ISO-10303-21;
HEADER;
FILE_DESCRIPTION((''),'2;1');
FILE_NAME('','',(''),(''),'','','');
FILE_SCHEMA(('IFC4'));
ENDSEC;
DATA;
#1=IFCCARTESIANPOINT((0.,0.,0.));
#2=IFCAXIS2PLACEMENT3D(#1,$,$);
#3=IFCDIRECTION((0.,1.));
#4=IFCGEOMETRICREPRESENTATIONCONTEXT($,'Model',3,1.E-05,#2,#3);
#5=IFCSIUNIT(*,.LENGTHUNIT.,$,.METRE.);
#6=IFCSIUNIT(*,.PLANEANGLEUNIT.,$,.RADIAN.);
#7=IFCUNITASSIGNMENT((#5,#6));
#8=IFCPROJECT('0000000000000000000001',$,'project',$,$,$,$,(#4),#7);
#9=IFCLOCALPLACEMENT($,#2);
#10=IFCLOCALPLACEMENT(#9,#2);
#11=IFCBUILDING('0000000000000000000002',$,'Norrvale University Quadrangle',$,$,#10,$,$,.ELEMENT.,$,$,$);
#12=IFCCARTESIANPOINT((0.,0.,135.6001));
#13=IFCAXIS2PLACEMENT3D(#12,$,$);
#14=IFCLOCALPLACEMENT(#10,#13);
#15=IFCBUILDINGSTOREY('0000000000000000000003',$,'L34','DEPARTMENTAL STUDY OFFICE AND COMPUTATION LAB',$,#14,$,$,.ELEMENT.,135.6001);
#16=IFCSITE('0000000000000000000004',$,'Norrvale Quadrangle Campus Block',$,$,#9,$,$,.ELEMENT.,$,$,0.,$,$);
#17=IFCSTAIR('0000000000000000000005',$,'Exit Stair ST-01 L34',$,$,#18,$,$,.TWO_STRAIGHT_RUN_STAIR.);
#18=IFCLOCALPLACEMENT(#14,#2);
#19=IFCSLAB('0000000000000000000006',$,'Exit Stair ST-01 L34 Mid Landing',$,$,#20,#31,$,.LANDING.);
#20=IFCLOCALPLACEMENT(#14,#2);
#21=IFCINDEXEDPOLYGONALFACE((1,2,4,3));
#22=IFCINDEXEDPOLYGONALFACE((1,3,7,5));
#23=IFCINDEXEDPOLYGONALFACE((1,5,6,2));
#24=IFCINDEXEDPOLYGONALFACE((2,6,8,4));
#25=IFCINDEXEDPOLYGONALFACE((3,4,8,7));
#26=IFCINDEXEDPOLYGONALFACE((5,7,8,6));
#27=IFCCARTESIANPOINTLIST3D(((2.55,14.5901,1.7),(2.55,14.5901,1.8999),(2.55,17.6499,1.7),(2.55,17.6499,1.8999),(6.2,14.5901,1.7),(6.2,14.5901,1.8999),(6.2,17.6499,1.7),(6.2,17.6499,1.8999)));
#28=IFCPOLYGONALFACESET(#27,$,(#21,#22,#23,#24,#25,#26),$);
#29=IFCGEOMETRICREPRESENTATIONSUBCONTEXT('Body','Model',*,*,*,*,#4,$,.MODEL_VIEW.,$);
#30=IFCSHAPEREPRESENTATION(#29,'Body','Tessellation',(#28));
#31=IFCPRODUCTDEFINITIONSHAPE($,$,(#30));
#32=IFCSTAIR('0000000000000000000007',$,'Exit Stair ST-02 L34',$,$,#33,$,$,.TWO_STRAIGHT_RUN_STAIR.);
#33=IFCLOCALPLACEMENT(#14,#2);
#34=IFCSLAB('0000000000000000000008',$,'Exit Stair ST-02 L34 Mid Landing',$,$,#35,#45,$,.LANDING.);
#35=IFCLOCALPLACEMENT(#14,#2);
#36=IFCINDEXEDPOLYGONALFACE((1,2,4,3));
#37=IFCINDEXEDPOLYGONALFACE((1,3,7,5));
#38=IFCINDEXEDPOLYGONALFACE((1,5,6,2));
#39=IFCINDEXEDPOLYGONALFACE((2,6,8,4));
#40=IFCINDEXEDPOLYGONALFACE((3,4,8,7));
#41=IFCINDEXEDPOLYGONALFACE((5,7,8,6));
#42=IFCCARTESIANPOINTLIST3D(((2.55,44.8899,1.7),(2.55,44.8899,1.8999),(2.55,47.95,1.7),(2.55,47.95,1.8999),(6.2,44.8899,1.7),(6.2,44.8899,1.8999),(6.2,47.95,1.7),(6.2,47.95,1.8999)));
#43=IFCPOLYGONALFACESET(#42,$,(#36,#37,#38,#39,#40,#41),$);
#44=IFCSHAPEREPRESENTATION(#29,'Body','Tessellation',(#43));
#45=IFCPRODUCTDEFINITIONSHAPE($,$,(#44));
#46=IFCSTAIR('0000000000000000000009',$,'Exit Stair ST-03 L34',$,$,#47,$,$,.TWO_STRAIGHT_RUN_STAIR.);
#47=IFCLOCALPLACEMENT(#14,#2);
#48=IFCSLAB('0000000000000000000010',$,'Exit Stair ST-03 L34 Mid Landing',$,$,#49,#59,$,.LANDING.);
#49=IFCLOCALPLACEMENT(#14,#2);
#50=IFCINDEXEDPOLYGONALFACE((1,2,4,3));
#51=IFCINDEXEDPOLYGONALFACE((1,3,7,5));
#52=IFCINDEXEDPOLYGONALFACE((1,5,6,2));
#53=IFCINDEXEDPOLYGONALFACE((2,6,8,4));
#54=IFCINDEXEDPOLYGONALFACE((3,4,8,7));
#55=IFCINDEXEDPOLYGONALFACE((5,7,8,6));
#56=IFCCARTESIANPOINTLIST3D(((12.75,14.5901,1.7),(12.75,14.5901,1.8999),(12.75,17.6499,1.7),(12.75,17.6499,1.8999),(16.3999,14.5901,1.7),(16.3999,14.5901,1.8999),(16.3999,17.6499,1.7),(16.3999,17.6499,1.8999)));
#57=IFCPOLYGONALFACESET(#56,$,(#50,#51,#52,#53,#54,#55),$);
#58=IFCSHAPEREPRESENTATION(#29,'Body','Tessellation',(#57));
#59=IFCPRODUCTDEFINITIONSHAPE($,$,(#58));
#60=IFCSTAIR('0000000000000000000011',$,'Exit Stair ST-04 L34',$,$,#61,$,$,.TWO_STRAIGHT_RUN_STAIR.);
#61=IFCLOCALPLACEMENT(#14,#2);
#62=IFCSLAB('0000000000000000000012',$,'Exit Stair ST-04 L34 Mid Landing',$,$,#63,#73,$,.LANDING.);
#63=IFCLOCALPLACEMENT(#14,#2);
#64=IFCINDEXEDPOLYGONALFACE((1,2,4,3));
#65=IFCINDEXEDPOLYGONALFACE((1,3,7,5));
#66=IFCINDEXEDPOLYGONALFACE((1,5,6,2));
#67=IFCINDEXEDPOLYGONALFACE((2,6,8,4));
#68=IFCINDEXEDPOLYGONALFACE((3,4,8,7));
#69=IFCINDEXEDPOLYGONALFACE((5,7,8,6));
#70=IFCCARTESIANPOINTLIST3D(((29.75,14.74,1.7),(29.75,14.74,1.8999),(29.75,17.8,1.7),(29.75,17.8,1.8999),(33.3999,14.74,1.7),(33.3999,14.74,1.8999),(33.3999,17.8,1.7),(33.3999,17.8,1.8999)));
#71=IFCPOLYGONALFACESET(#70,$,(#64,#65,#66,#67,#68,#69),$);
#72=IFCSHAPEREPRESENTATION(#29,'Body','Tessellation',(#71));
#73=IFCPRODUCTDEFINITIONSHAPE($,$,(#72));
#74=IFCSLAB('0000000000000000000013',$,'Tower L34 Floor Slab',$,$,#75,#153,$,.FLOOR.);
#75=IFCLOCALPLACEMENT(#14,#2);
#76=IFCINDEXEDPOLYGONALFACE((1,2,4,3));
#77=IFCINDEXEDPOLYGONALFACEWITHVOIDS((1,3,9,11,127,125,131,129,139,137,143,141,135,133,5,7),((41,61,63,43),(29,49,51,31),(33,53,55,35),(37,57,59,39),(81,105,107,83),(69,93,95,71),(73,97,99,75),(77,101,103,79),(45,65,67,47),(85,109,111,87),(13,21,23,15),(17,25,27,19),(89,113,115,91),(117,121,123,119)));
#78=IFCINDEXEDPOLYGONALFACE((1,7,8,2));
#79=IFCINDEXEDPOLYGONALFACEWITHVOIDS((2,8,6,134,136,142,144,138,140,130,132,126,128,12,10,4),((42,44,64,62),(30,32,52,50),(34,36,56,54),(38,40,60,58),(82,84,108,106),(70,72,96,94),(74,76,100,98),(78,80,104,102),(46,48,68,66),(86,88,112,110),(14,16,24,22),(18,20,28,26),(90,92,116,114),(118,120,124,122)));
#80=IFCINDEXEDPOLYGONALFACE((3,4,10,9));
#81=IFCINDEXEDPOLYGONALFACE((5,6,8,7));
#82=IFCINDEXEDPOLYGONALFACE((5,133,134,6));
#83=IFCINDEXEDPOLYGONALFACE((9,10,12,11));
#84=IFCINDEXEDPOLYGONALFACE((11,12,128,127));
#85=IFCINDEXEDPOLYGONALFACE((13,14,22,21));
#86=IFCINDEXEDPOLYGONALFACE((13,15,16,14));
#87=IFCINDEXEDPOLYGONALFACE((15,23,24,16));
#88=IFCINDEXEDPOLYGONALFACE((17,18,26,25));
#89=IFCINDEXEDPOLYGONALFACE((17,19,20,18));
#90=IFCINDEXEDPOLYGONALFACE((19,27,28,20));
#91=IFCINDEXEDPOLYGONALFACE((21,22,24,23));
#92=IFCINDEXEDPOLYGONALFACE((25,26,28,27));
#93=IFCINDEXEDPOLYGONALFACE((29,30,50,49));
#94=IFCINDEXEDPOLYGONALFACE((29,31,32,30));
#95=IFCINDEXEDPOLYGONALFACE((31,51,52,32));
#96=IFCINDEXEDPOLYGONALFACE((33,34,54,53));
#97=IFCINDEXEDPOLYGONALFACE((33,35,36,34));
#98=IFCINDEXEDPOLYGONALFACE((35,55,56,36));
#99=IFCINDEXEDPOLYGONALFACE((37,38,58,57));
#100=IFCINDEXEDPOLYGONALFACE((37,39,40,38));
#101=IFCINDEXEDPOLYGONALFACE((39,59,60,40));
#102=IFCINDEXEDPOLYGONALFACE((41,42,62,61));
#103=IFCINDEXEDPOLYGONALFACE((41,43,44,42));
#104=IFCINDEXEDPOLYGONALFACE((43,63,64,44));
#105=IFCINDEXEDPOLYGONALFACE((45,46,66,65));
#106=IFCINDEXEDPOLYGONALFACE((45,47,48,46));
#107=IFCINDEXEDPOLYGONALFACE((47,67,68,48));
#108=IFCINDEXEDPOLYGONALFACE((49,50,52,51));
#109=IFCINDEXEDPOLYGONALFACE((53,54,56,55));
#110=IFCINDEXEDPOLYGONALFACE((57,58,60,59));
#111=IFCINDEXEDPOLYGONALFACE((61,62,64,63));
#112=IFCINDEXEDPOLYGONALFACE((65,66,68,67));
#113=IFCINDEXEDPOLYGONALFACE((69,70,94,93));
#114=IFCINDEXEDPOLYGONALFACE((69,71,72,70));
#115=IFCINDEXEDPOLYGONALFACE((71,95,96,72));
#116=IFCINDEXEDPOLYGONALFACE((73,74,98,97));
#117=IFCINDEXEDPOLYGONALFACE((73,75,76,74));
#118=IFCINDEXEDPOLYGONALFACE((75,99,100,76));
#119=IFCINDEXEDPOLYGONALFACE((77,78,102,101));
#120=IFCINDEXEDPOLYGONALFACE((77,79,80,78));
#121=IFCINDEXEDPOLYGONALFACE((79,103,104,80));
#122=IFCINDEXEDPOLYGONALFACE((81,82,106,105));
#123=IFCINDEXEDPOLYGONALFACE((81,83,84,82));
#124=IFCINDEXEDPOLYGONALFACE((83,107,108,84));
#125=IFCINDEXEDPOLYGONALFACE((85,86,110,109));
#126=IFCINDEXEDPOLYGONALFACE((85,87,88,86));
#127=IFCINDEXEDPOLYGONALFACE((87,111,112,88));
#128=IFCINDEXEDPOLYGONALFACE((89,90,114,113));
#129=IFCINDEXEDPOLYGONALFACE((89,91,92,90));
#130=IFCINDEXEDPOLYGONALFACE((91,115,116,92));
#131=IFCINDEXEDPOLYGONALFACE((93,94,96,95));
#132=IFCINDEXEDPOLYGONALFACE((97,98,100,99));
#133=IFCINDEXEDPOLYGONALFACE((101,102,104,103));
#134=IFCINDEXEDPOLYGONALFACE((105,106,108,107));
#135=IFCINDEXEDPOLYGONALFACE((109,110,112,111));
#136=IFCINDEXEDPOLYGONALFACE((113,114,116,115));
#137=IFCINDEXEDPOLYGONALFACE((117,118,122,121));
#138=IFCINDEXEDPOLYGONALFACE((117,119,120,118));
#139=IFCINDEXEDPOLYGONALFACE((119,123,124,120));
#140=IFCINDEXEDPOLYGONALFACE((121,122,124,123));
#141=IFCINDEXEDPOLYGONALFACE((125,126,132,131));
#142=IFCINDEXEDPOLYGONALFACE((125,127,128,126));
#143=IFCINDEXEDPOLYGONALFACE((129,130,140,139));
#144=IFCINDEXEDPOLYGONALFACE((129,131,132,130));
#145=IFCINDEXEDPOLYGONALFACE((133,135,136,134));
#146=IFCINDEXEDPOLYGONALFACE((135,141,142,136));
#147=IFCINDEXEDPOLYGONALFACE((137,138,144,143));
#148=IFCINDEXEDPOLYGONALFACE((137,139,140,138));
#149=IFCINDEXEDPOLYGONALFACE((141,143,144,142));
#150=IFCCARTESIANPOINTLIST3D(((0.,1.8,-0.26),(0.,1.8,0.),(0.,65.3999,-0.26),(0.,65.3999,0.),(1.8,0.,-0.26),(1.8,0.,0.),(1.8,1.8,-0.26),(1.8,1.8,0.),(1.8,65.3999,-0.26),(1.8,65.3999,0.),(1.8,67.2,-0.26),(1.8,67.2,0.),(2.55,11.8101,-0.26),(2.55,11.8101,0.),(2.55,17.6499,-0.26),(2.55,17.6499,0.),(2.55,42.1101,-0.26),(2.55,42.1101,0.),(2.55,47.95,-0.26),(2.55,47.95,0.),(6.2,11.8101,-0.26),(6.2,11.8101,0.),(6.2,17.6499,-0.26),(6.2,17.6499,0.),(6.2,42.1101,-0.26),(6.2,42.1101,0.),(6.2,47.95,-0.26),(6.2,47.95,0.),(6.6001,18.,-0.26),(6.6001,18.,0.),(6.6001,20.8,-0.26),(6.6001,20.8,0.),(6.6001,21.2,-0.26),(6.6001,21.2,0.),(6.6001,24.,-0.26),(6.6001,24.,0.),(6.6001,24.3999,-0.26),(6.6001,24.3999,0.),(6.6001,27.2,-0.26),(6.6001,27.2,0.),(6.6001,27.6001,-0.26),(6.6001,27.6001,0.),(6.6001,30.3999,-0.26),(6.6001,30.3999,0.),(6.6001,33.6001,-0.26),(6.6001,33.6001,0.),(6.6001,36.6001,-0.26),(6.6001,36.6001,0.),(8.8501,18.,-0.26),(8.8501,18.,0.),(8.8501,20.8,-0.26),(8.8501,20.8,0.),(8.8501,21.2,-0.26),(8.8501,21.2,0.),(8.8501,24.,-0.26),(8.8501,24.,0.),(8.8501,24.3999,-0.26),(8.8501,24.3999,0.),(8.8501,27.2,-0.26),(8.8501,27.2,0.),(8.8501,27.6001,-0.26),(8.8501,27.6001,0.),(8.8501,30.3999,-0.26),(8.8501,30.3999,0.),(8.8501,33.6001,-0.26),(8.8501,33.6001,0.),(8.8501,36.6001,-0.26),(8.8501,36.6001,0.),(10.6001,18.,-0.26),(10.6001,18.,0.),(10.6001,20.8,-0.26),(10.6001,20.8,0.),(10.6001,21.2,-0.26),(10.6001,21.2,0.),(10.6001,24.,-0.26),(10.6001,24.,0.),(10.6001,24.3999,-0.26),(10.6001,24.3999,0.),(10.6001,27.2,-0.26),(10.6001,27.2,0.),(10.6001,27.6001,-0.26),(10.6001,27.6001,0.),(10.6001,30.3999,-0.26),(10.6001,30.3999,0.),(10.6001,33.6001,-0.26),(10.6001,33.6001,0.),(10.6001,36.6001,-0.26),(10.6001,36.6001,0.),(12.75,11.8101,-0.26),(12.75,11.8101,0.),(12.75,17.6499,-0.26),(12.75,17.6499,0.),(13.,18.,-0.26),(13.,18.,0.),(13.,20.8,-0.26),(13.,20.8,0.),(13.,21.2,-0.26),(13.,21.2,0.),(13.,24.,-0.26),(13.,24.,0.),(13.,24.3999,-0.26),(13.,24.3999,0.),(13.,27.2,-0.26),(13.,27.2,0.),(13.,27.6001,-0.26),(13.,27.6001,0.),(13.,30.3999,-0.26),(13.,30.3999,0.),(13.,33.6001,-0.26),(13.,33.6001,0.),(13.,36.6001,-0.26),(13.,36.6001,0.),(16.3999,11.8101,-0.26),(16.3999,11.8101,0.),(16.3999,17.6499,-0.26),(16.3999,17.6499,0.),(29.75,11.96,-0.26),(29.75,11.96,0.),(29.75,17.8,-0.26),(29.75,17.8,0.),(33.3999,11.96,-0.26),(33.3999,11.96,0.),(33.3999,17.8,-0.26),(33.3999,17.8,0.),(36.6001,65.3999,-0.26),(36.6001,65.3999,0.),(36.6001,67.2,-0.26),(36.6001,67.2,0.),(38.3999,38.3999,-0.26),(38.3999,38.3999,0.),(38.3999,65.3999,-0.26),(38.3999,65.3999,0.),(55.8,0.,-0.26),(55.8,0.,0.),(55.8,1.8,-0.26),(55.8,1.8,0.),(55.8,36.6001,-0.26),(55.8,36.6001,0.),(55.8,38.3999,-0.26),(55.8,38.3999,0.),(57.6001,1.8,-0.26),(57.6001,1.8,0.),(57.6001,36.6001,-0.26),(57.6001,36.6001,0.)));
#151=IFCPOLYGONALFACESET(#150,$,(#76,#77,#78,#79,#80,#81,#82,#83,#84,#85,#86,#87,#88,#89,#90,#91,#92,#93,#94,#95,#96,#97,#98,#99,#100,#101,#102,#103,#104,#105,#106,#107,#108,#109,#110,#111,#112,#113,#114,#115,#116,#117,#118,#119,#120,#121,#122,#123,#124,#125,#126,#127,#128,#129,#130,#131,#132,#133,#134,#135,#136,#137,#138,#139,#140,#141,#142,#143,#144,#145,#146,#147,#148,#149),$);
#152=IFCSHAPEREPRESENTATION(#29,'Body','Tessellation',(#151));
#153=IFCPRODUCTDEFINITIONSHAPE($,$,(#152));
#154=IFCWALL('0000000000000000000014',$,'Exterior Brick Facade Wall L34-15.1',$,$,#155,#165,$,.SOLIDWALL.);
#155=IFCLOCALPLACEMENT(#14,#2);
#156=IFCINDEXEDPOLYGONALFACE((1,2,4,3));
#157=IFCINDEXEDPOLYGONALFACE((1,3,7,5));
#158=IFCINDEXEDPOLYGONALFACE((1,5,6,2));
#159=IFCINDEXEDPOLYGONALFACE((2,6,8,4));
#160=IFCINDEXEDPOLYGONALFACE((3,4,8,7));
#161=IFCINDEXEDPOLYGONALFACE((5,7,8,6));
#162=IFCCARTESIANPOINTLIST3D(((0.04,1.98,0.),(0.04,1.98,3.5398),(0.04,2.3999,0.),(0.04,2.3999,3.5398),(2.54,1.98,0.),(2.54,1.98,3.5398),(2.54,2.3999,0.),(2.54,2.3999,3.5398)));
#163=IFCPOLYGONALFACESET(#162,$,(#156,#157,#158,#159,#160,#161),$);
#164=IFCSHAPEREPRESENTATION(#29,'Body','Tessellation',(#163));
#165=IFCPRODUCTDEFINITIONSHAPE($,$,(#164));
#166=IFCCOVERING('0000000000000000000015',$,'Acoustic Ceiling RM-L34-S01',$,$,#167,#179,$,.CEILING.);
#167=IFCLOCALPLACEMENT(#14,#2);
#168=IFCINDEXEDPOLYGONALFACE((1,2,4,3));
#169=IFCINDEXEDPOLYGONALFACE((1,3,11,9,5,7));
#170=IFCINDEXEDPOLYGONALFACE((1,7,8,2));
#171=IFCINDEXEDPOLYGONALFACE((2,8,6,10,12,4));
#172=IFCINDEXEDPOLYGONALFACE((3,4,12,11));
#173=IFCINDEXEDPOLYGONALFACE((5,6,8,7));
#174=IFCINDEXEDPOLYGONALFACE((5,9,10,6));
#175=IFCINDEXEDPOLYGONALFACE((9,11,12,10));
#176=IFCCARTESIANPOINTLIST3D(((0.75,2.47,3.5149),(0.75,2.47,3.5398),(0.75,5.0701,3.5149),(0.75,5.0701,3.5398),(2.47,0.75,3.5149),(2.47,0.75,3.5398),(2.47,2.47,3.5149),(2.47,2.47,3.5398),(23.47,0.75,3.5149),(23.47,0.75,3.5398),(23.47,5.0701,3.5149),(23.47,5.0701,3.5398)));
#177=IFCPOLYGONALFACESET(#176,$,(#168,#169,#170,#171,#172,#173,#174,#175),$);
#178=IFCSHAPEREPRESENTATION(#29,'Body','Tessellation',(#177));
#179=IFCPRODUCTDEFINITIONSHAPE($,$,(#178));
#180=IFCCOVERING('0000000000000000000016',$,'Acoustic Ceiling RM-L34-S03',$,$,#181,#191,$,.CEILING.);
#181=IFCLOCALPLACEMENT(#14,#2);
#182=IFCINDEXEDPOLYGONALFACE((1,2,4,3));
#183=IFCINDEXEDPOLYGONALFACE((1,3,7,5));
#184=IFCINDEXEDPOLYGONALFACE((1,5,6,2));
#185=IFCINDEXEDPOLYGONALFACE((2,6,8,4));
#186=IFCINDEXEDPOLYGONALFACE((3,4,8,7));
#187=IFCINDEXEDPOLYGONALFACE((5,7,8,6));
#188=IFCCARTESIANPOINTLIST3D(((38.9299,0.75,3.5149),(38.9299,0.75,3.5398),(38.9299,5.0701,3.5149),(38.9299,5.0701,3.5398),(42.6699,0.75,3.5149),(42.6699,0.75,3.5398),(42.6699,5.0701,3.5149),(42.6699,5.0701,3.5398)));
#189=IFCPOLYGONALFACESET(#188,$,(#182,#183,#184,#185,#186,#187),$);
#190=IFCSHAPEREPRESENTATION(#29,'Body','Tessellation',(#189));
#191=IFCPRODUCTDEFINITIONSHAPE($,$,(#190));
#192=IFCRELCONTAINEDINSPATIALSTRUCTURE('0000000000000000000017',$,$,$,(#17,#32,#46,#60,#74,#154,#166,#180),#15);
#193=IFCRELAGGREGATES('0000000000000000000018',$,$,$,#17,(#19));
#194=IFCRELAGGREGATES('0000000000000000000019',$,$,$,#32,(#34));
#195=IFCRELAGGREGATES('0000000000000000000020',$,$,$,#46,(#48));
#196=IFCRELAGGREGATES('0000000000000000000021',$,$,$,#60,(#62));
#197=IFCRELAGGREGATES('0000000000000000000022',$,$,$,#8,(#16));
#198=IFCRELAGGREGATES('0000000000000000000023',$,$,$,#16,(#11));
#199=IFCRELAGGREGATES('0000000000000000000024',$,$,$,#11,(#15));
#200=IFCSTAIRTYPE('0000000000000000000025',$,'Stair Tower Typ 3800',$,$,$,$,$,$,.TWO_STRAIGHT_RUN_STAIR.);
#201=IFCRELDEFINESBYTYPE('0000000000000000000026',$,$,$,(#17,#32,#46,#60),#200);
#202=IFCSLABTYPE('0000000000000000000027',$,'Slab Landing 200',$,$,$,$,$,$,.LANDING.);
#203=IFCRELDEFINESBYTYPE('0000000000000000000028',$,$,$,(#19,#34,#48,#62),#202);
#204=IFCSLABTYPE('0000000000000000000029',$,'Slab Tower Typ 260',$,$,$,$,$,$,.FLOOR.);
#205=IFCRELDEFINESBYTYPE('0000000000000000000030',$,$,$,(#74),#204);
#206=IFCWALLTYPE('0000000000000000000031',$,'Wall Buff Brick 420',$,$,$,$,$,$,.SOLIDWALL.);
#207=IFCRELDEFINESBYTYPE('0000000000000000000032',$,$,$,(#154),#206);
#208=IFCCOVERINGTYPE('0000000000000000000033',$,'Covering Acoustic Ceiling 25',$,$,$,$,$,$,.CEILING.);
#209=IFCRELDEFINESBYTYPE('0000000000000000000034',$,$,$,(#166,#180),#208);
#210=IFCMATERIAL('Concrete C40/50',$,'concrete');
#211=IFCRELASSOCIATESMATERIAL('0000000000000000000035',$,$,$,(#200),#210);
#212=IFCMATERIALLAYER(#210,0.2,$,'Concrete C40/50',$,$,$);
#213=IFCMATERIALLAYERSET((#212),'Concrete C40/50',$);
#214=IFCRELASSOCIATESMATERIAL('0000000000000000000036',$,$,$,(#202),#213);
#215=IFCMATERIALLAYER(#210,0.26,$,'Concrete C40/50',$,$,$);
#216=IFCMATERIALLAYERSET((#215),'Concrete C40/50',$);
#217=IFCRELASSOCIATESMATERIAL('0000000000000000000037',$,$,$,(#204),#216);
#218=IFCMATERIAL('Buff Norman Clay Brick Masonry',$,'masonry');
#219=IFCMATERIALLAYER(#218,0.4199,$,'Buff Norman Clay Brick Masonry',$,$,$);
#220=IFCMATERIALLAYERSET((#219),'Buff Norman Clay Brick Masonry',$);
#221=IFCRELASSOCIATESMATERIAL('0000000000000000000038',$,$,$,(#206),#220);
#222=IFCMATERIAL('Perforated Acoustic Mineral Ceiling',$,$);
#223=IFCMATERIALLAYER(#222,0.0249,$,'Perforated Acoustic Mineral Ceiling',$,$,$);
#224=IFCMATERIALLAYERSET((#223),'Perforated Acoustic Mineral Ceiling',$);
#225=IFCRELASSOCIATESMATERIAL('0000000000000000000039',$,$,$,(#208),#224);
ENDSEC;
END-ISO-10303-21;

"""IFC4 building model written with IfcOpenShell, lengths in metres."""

from ifc_helpers import new_model, si_unit, direction, frame, frame_2d, origin, place, context, subcontext, project, spatial, polyline, rectangle, outline, extrude, material, layer, layer_set, type_object, element, aggregate, save


model = new_model("IFC4")

# Units and contexts
model_context = context("Model", 3, precision=1e-05, world=origin(), true_north=direction((0.0, 1.0)))
body_context = subcontext(model_context, "Body", "Model", "MODEL_VIEW")
ifc_project = project(units=[si_unit("LENGTHUNIT", "METRE"), si_unit("PLANEANGLEUNIT", "RADIAN")], contexts=[model_context])

# Site, building, storey
site_placement = place(None, origin())
site = spatial("IfcSite", under=ifc_project, at=site_placement, Name="Norrvale Quadrangle Campus Block", CompositionType="ELEMENT", RefElevation=0.0)
building_placement = place(site_placement, origin())
building = spatial("IfcBuilding", under=site, at=building_placement, Name="Norrvale University Quadrangle", CompositionType="ELEMENT")
storey_placement = place(building_placement, frame((0.0, 0.0, 135.6001)))
storey = spatial("IfcBuildingStorey", under=building, at=storey_placement, Name="L34", Description="DEPARTMENTAL STUDY OFFICE AND COMPUTATION LAB", CompositionType="ELEMENT", Elevation=135.6001)

# Stairs, slabs
ifc_material_1 = material(Name="Concrete C40/50", Category="concrete")
stair_type = type_object("IfcStairType", Name="Stair Tower Typ 3800", PredefinedType="TWO_STRAIGHT_RUN_STAIR", material=ifc_material_1)
stair_1_placement = place(storey_placement, origin())
stair_1 = element("IfcStair", 1, at=stair_1_placement, inside=storey, type_object=stair_type, Name="Exit Stair ST-01 L34", PredefinedType="TWO_STRAIGHT_RUN_STAIR")
ifc_layer_1 = layer(ifc_material_1, 0.2, Name="Concrete C40/50")
ifc_layer_set_1 = layer_set([ifc_layer_1], Name="Concrete C40/50")
slab_type_1 = type_object("IfcSlabType", Name="Slab Landing 200", PredefinedType="LANDING", material=ifc_layer_set_1)
slab_1_placement = place(storey_placement, frame((0.0, 0.0, 1.7)))
slab_1 = element("IfcSlab", 2, at=slab_1_placement, type_object=slab_type_1, Name="Exit Stair ST-01 L34 Mid Landing", PredefinedType="LANDING", context=body_context, shape_type="SweptSolid", body=[
    extrude(outline(polyline([(2.55, 14.5901), (6.2, 14.5901), (6.2, 17.6499), (2.55, 17.6499), (2.55, 14.5901)])), origin(), (0.0, 0.0, 1.0), 0.2),
])
aggregate(stair_1, [slab_1])
stair_2_placement = place(storey_placement, origin())
stair_2 = element("IfcStair", 3, at=stair_2_placement, inside=storey, type_object=stair_type, Name="Exit Stair ST-02 L34", PredefinedType="TWO_STRAIGHT_RUN_STAIR")
slab_2_placement = place(storey_placement, frame((0.0, 0.0, 1.7)))
slab_2 = element("IfcSlab", 4, at=slab_2_placement, type_object=slab_type_1, Name="Exit Stair ST-02 L34 Mid Landing", PredefinedType="LANDING", context=body_context, shape_type="SweptSolid", body=[
    extrude(outline(polyline([(2.55, 44.8899), (6.2, 44.8899), (6.2, 47.95), (2.55, 47.95), (2.55, 44.8899)])), origin(), (0.0, 0.0, 1.0), 0.2),
])
aggregate(stair_2, [slab_2])
stair_3_placement = place(storey_placement, origin())
stair_3 = element("IfcStair", 5, at=stair_3_placement, inside=storey, type_object=stair_type, Name="Exit Stair ST-03 L34", PredefinedType="TWO_STRAIGHT_RUN_STAIR")
slab_3_placement = place(storey_placement, frame((0.0, 0.0, 1.7)))
slab_3 = element("IfcSlab", 6, at=slab_3_placement, type_object=slab_type_1, Name="Exit Stair ST-03 L34 Mid Landing", PredefinedType="LANDING", context=body_context, shape_type="SweptSolid", body=[
    extrude(outline(polyline([(12.75, 14.5901), (16.3999, 14.5901), (16.3999, 17.6499), (12.75, 17.6499), (12.75, 14.5901)])), origin(), (0.0, 0.0, 1.0), 0.2),
])
aggregate(stair_3, [slab_3])
stair_4_placement = place(storey_placement, origin())
stair_4 = element("IfcStair", 7, at=stair_4_placement, inside=storey, type_object=stair_type, Name="Exit Stair ST-04 L34", PredefinedType="TWO_STRAIGHT_RUN_STAIR")
slab_4_placement = place(storey_placement, frame((0.0, 0.0, 1.7)))
slab_4 = element("IfcSlab", 8, at=slab_4_placement, type_object=slab_type_1, Name="Exit Stair ST-04 L34 Mid Landing", PredefinedType="LANDING", context=body_context, shape_type="SweptSolid", body=[
    extrude(outline(polyline([(29.75, 14.74), (33.3999, 14.74), (33.3999, 17.8), (29.75, 17.8), (29.75, 14.74)])), origin(), (0.0, 0.0, 1.0), 0.2),
])
aggregate(stair_4, [slab_4])

# Slab
ifc_layer_2 = layer(ifc_material_1, 0.26, Name="Concrete C40/50")
ifc_layer_set_2 = layer_set([ifc_layer_2], Name="Concrete C40/50")
slab_type_2 = type_object("IfcSlabType", Name="Slab Tower Typ 260", PredefinedType="FLOOR", material=ifc_layer_set_2)
slab_5_placement = place(storey_placement, frame((0.0, 0.0, -0.26)))
element("IfcSlab", 9, at=slab_5_placement, inside=storey, type_object=slab_type_2, Name="Tower L34 Floor Slab", PredefinedType="FLOOR", context=body_context, shape_type="SweptSolid", body=[
    extrude(outline(polyline([(1.8, 0.0), (55.8, 0.0), (55.8, 1.8), (57.6001, 1.8), (57.6001, 36.6001), (55.8, 36.6001), (55.8, 38.3999), (38.3999, 38.3999), (38.3999, 65.3999), (36.6001, 65.3999), (36.6001, 67.2), (1.8, 67.2), (1.8, 65.3999), (0.0, 65.3999), (0.0, 1.8), (1.8, 1.8), (1.8, 0.0)]), holes=[polyline([(2.55, 11.8101), (6.2, 11.8101), (6.2, 17.6499), (2.55, 17.6499), (2.55, 11.8101)]), polyline([(2.55, 42.1101), (6.2, 42.1101), (6.2, 47.95), (2.55, 47.95), (2.55, 42.1101)]), polyline([(12.75, 11.8101), (16.3999, 11.8101), (16.3999, 17.6499), (12.75, 17.6499), (12.75, 11.8101)]), polyline([(29.75, 11.96), (33.3999, 11.96), (33.3999, 17.8), (29.75, 17.8), (29.75, 11.96)]), polyline([(6.6001, 18.0), (8.8501, 18.0), (8.8501, 20.8), (6.6001, 20.8), (6.6001, 18.0)]), polyline([(6.6001, 21.2), (8.8501, 21.2), (8.8501, 24.0), (6.6001, 24.0), (6.6001, 21.2)]), polyline([(6.6001, 24.3999), (8.8501, 24.3999), (8.8501, 27.2), (6.6001, 27.2), (6.6001, 24.3999)]), polyline([(6.6001, 27.6001), (8.8501, 27.6001), (8.8501, 30.3999), (6.6001, 30.3999), (6.6001, 27.6001)]), polyline([(10.6001, 18.0), (13.0, 18.0), (13.0, 20.8), (10.6001, 20.8), (10.6001, 18.0)]), polyline([(10.6001, 21.2), (13.0, 21.2), (13.0, 24.0), (10.6001, 24.0), (10.6001, 21.2)]), polyline([(10.6001, 24.3999), (13.0, 24.3999), (13.0, 27.2), (10.6001, 27.2), (10.6001, 24.3999)]), polyline([(10.6001, 27.6001), (13.0, 27.6001), (13.0, 30.3999), (10.6001, 30.3999), (10.6001, 27.6001)]), polyline([(6.6001, 33.6001), (8.8501, 33.6001), (8.8501, 36.6001), (6.6001, 36.6001), (6.6001, 33.6001)]), polyline([(10.6001, 33.6001), (13.0, 33.6001), (13.0, 36.6001), (10.6001, 36.6001), (10.6001, 33.6001)])]), origin(), (0.0, 0.0, 1.0), 0.26),
])

# Wall
ifc_material_2 = material(Name="Buff Norman Clay Brick Masonry", Category="masonry")
ifc_layer_3 = layer(ifc_material_2, 0.4199, Name="Buff Norman Clay Brick Masonry")
ifc_layer_set_3 = layer_set([ifc_layer_3], Name="Buff Norman Clay Brick Masonry")
wall_type = type_object("IfcWallType", Name="Wall Buff Brick 420", PredefinedType="SOLIDWALL", material=ifc_layer_set_3)
wall_placement = place(storey_placement, frame((0.04, 2.1899, 0.0), z_axis=(0.0, 0.0, 1.0), x_axis=(1.0, 0.0, 0.0)))
element("IfcWall", 10, at=wall_placement, inside=storey, type_object=wall_type, Name="Exterior Brick Facade Wall L34-15.1", PredefinedType="SOLIDWALL", context=body_context, shape_type="SweptSolid", body=[
    extrude(rectangle(XDim=2.5, YDim=0.4199, at=frame_2d((1.25, 0.0))), origin(), (0.0, 0.0, 1.0), 3.5398),
])

# Coverings
ifc_material_3 = material(Name="Perforated Acoustic Mineral Ceiling")
ifc_layer_4 = layer(ifc_material_3, 0.0249, Name="Perforated Acoustic Mineral Ceiling")
ifc_layer_set_4 = layer_set([ifc_layer_4], Name="Perforated Acoustic Mineral Ceiling")
covering_type_1 = type_object("IfcCoveringType", Name="Covering Acoustic Ceiling 25", PredefinedType="CEILING", material=ifc_layer_set_4)
covering_1_placement = place(storey_placement, frame((0.0, 0.0, 3.5149)))
element("IfcCovering", 11, at=covering_1_placement, inside=storey, type_object=covering_type_1, Name="Acoustic Ceiling RM-L34-S01", PredefinedType="CEILING", context=body_context, shape_type="SweptSolid", body=[
    extrude(outline(polyline([(0.75, 5.0701), (23.47, 5.0701), (23.47, 0.75), (2.47, 0.75), (2.47, 2.47), (0.75, 2.47), (0.75, 5.0701)])), origin(), (0.0, 0.0, 1.0), 0.0249),
])
covering_2_placement = place(storey_placement, frame((0.0, 0.0, 3.5149)))
element("IfcCovering", 12, at=covering_2_placement, inside=storey, type_object=covering_type_1, Name="Acoustic Ceiling RM-L34-S03", PredefinedType="CEILING", context=body_context, shape_type="SweptSolid", body=[
    extrude(outline(polyline([(38.9299, 5.0701), (42.6699, 5.0701), (42.6699, 0.75), (38.9299, 0.75), (38.9299, 5.0701)])), origin(), (0.0, 0.0, 1.0), 0.0249),
])

save(model, "model.ifc")
